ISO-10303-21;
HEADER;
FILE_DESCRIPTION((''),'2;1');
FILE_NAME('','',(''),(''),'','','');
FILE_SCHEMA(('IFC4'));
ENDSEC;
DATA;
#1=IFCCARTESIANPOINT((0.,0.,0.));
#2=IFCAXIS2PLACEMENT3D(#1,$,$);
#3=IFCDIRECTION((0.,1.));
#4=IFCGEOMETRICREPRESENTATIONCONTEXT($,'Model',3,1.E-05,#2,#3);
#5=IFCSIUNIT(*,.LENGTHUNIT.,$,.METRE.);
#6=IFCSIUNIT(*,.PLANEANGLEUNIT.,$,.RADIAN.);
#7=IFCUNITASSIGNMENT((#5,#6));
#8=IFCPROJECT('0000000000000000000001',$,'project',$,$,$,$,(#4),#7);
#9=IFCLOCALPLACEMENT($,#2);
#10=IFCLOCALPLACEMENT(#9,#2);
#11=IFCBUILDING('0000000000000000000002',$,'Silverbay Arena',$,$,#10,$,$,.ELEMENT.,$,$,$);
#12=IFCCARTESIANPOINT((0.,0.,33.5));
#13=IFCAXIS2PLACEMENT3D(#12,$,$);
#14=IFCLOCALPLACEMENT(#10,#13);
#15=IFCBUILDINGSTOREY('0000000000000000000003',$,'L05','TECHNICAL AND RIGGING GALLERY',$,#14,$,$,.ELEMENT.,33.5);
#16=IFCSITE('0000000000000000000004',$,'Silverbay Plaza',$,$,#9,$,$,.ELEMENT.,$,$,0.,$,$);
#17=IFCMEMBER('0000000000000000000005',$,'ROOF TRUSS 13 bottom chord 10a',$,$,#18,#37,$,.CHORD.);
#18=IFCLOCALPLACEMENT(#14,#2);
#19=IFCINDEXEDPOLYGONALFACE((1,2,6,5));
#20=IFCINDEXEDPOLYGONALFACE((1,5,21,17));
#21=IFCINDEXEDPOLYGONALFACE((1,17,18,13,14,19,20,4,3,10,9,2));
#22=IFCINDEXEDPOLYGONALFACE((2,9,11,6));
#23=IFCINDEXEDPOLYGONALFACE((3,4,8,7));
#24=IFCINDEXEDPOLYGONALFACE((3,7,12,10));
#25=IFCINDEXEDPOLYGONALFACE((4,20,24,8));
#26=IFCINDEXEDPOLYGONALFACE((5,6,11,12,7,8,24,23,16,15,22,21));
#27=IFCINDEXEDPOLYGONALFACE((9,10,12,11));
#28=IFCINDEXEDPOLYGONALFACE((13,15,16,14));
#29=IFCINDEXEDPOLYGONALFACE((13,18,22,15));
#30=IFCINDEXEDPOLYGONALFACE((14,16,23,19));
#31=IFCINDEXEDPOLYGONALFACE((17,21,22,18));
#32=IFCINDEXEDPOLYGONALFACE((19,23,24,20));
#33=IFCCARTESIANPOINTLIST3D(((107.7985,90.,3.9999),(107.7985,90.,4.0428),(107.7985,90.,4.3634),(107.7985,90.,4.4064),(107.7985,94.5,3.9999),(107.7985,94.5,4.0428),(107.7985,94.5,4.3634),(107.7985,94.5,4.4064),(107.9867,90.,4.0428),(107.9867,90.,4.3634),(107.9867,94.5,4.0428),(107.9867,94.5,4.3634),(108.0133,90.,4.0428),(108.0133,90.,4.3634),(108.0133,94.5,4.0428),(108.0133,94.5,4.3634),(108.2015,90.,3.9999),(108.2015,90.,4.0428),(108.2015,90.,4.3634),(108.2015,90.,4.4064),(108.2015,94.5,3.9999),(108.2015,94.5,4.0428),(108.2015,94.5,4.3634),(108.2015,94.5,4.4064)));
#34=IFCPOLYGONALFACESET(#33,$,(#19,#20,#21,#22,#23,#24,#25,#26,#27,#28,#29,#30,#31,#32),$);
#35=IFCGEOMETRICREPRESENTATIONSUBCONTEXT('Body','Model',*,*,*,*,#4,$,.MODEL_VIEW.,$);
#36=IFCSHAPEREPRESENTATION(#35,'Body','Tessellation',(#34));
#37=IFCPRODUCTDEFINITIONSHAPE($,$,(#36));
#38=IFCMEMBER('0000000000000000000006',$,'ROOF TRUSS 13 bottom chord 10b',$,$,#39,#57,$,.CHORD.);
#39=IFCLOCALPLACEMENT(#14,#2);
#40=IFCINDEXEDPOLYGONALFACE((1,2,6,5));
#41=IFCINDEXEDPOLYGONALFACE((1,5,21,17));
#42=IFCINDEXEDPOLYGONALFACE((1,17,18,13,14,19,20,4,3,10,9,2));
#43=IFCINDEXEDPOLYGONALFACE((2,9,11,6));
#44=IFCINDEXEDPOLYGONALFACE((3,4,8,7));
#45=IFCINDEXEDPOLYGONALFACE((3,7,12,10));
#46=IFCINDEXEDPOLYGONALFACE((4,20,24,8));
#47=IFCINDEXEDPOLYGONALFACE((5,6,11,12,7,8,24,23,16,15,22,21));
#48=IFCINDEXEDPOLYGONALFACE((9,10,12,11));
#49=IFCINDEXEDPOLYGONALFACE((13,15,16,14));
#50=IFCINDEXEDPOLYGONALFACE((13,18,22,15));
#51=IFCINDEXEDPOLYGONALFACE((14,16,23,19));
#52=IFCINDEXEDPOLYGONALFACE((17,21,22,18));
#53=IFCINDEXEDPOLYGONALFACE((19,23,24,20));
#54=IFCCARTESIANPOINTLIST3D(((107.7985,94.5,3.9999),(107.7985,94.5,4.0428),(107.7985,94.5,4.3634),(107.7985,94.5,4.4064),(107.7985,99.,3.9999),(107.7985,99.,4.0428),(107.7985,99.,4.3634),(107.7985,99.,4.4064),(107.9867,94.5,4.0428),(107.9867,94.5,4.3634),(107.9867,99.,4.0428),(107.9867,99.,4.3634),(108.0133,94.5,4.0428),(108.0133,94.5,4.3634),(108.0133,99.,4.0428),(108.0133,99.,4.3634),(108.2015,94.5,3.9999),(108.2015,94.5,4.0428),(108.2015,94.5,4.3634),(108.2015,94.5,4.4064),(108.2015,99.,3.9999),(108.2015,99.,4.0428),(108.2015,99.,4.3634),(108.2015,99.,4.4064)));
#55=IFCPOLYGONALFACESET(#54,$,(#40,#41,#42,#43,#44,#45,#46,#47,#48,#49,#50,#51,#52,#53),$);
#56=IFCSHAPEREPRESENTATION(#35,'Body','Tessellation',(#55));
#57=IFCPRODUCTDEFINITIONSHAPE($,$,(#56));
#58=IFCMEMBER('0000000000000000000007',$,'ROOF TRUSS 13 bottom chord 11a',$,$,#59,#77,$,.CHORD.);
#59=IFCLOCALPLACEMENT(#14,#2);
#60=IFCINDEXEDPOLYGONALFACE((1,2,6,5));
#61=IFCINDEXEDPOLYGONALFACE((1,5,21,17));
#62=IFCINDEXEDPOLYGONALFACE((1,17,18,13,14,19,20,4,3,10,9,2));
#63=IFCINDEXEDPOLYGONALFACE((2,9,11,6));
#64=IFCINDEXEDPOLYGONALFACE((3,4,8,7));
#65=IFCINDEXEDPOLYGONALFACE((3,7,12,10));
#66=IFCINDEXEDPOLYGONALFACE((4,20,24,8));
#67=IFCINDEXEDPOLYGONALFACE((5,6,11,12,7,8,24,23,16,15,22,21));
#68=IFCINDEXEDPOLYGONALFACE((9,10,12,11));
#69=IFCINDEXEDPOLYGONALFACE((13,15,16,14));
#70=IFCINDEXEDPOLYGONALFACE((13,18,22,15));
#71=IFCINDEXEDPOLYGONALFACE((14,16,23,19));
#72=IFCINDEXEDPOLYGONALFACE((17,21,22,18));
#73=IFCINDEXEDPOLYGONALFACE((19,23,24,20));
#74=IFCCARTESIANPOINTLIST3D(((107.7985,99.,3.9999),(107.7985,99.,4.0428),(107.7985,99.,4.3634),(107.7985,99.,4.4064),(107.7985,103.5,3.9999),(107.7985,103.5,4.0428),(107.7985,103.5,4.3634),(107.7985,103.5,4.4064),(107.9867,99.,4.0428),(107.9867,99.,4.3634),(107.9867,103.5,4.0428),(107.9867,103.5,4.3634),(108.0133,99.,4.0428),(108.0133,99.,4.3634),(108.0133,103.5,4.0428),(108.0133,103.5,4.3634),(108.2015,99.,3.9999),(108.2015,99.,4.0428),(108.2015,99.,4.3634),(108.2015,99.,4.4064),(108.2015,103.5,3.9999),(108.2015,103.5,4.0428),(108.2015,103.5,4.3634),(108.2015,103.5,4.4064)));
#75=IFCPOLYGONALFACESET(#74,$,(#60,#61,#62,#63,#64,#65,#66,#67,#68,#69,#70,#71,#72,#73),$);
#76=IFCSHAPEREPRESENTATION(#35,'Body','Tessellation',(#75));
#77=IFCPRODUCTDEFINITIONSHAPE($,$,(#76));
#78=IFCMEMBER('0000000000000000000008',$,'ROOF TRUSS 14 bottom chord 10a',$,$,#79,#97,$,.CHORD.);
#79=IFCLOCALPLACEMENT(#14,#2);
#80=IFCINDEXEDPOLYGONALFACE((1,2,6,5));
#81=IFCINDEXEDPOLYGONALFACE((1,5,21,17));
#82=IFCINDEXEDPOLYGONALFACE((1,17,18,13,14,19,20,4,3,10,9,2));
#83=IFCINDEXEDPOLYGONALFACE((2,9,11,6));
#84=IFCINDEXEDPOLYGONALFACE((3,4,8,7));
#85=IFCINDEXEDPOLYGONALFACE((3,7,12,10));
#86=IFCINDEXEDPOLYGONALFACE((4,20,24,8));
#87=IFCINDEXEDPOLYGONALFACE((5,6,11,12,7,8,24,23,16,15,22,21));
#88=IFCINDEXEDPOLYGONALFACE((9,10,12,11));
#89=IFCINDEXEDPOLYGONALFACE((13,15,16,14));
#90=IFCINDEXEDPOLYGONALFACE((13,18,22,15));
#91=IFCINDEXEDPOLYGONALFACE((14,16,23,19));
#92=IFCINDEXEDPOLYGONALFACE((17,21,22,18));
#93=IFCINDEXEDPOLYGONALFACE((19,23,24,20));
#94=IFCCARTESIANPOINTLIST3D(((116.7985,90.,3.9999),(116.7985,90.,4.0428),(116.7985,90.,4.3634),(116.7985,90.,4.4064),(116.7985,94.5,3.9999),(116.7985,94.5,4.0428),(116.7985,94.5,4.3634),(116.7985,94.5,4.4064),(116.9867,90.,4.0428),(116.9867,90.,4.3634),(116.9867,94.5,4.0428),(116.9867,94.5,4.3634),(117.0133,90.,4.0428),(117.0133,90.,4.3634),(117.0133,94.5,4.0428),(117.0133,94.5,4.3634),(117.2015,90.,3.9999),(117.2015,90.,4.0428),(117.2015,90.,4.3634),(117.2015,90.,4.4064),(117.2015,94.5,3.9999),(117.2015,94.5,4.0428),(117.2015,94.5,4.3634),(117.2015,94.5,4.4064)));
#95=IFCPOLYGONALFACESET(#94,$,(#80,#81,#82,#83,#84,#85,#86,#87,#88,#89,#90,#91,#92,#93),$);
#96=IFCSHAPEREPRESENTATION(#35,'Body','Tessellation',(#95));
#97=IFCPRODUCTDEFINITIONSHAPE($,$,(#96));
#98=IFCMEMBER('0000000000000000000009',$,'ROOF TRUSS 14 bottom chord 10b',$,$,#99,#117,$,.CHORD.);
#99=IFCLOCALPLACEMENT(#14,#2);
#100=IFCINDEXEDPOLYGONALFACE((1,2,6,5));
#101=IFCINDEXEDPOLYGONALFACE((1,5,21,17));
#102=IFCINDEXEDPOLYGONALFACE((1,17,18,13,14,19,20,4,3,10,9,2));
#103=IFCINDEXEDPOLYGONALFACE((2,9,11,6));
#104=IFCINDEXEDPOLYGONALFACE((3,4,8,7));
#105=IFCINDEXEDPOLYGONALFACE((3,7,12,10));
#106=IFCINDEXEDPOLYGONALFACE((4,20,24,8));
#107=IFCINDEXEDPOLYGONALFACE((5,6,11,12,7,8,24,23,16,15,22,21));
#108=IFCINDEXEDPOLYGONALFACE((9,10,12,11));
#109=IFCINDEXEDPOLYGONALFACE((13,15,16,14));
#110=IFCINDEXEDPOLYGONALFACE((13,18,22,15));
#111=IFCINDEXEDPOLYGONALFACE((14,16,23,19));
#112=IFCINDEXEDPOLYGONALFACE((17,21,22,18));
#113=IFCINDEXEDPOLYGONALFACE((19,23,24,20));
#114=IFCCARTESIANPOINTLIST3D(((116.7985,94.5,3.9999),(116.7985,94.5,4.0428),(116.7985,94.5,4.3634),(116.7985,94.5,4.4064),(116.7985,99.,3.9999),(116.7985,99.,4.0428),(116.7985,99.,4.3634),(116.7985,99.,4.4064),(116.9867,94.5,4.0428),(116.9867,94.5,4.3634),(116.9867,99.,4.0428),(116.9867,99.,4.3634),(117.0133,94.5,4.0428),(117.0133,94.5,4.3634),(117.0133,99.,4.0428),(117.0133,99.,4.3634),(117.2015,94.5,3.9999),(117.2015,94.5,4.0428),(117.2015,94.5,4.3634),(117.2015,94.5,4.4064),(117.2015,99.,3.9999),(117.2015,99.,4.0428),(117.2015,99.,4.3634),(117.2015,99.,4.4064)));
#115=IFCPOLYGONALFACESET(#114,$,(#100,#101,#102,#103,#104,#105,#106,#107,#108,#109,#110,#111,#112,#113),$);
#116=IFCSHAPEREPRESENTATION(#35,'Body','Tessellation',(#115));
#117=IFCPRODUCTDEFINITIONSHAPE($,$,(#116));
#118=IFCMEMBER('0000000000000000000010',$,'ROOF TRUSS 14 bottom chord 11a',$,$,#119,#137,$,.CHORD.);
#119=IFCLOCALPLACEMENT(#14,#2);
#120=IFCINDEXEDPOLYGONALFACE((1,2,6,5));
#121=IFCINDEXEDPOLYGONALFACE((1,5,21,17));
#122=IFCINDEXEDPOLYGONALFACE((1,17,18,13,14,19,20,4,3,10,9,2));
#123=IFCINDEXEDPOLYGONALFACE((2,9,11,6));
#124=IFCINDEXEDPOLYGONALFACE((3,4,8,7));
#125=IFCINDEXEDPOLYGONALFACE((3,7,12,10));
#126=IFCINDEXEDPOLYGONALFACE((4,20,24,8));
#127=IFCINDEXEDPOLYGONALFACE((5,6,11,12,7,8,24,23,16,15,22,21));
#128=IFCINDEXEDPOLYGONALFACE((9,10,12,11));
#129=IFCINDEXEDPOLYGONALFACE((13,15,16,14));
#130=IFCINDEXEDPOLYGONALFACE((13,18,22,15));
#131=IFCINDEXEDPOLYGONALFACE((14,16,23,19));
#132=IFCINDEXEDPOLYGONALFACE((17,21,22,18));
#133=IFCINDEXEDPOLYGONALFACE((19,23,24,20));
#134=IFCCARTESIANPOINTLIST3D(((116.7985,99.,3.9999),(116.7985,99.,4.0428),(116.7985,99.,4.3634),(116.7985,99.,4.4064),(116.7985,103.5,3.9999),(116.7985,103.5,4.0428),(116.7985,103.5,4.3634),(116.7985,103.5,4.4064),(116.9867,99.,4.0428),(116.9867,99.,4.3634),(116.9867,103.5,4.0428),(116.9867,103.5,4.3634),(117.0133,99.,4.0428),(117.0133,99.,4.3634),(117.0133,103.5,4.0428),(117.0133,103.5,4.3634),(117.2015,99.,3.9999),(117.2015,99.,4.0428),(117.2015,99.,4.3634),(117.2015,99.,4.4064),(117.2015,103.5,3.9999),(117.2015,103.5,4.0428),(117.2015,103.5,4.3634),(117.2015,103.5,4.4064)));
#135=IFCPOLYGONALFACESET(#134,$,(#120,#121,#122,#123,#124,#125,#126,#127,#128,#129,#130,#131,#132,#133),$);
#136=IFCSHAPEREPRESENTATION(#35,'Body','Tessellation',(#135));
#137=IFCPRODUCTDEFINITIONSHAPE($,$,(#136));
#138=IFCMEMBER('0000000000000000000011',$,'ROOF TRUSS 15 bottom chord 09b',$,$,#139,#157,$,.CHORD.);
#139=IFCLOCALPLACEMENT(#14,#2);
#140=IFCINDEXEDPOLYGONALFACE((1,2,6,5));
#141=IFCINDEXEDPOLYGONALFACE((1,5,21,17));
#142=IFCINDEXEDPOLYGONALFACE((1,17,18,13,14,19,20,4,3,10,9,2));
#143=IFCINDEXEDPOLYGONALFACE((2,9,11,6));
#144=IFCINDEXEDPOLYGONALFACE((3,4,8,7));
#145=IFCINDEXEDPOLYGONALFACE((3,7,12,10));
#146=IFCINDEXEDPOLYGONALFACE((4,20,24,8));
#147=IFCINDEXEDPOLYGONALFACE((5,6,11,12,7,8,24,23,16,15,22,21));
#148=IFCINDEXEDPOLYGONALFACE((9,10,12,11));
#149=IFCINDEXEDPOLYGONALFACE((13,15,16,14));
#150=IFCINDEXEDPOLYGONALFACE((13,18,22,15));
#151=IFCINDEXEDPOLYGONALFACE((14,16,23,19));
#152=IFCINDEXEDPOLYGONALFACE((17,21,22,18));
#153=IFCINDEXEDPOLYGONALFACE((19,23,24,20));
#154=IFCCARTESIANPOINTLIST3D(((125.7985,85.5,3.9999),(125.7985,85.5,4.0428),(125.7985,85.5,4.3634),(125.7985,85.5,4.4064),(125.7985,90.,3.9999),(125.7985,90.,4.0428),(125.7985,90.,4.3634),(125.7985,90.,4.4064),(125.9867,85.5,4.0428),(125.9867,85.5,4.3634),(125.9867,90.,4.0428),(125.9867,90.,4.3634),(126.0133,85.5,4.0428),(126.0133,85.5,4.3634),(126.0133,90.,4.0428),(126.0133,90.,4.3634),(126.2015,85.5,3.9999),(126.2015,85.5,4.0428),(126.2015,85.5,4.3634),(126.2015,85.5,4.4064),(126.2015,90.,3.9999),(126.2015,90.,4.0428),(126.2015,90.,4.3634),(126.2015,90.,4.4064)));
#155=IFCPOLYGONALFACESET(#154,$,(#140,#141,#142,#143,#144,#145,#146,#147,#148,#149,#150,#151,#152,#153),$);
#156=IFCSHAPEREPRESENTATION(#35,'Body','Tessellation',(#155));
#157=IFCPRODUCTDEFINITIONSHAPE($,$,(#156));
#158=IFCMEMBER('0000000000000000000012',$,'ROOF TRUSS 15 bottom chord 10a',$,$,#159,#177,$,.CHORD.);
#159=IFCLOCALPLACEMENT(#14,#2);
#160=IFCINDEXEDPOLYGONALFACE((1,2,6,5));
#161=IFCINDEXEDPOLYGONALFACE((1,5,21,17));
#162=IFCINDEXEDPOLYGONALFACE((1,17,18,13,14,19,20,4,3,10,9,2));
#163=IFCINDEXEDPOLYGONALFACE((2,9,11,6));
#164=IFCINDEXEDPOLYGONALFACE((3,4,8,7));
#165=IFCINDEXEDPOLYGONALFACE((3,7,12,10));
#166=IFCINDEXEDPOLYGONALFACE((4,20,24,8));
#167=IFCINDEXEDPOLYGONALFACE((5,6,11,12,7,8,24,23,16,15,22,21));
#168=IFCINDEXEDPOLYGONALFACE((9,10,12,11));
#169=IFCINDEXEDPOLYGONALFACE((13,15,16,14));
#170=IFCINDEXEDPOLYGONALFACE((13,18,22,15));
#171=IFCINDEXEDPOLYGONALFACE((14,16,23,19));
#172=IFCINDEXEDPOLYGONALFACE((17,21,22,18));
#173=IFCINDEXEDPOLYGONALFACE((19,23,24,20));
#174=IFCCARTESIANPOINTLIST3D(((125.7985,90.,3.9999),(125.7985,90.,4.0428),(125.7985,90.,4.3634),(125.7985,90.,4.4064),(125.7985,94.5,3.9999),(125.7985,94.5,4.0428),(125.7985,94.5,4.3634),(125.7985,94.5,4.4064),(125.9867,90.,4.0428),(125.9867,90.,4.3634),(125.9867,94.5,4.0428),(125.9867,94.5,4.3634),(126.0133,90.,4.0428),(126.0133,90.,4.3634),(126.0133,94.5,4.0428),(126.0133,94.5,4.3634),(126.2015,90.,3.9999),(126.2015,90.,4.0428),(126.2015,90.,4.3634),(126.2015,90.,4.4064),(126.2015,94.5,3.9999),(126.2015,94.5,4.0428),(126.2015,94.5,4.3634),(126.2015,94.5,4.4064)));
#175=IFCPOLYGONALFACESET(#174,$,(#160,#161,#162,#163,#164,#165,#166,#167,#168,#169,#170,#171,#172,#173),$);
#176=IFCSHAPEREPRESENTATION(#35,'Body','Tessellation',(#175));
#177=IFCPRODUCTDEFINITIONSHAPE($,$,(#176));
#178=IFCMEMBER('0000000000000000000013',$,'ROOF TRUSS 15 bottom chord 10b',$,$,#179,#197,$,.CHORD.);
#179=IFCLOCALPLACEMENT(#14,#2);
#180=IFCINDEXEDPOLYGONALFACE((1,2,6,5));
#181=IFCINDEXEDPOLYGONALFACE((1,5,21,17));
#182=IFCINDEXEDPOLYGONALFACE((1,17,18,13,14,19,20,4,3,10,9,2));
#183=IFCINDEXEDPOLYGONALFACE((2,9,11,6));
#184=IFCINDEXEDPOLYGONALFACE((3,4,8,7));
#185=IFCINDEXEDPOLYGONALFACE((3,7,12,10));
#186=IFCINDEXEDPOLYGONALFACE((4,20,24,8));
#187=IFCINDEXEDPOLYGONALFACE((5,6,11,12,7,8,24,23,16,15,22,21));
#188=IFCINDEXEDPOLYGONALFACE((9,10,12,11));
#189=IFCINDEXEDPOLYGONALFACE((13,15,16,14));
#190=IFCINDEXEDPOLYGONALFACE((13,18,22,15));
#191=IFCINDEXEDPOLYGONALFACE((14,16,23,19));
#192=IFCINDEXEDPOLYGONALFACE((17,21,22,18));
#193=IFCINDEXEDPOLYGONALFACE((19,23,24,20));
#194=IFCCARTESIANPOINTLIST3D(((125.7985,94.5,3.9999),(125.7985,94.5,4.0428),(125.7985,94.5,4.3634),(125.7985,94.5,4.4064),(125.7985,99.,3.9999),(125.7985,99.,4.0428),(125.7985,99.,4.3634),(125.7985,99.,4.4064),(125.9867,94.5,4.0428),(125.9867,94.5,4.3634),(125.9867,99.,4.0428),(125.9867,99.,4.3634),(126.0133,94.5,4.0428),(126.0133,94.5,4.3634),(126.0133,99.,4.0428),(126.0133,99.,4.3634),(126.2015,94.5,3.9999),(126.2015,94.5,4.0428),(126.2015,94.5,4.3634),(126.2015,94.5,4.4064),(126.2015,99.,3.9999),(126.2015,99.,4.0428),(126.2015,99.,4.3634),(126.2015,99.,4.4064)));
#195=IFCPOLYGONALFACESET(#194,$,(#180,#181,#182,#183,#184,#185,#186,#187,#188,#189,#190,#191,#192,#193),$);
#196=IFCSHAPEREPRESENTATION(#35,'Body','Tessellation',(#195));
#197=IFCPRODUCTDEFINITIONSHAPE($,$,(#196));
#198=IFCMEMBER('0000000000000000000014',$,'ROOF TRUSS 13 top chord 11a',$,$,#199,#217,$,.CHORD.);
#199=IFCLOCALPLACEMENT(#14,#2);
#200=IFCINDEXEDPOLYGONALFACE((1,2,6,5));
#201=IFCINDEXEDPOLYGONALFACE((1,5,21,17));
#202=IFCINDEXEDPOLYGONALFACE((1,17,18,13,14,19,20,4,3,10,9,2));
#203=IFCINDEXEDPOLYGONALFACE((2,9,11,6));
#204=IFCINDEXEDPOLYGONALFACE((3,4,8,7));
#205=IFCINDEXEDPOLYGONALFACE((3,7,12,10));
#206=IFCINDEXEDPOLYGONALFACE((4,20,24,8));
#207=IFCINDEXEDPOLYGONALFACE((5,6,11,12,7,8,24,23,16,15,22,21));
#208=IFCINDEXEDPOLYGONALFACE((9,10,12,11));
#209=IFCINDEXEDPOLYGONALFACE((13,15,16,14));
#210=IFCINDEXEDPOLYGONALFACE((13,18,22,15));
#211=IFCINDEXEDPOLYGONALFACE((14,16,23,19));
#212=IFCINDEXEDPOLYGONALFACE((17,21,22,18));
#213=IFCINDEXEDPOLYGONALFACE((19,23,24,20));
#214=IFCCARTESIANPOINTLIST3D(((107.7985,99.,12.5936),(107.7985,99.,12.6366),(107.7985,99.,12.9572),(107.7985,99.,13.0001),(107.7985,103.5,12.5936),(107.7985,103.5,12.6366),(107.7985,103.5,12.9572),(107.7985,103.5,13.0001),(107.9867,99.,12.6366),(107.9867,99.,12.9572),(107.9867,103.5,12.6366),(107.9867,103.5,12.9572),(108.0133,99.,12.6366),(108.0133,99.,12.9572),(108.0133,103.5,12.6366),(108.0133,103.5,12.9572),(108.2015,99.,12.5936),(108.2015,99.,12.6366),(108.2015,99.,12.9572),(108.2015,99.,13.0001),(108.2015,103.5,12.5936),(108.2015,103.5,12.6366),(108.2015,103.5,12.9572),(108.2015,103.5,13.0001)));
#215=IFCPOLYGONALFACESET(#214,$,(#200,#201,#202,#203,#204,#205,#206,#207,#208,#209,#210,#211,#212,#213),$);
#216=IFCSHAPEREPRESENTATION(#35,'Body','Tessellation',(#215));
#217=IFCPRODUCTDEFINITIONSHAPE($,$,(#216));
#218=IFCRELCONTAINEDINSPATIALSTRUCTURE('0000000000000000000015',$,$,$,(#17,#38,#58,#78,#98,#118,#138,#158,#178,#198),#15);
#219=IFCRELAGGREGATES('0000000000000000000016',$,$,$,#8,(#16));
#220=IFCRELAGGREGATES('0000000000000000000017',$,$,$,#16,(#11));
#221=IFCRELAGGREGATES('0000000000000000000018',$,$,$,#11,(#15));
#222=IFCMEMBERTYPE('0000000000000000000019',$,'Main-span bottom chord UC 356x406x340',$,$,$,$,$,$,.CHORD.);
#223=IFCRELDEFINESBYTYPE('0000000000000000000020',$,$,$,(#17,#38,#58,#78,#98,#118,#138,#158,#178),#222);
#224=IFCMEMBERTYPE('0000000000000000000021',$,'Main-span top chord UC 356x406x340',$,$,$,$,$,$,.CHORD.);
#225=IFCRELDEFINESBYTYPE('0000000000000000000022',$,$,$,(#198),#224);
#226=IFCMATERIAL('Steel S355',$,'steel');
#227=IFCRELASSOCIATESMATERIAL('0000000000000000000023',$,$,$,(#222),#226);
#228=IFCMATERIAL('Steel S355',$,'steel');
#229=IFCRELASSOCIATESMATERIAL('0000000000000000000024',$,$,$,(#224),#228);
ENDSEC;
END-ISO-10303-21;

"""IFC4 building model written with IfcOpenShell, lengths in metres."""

from ifc_helpers import new_model, si_unit, direction, frame, origin, origin_2d, place, context, subcontext, project, spatial, i_section, extrude, material, material_profile, profile_set, type_object, element, save


model = new_model("IFC4")

# Units and contexts
model_context = context("Model", 3, precision=1e-05, world=origin(), true_north=direction((0.0, 1.0)))
body_context = subcontext(model_context, "Body", "Model", "MODEL_VIEW")
ifc_project = project(units=[si_unit("LENGTHUNIT", "METRE"), si_unit("PLANEANGLEUNIT", "RADIAN")], contexts=[model_context])

# Site, building, storey
site_placement = place(None, origin())
site = spatial("IfcSite", under=ifc_project, at=site_placement, Name="Silverbay Plaza", CompositionType="ELEMENT", RefElevation=0.0)
building_placement = place(site_placement, origin())
building = spatial("IfcBuilding", under=site, at=building_placement, Name="Silverbay Arena", CompositionType="ELEMENT")
storey_placement = place(building_placement, frame((0.0, 0.0, 33.5)))
storey = spatial("IfcBuildingStorey", under=building, at=storey_placement, Name="L05", Description="TECHNICAL AND RIGGING GALLERY", CompositionType="ELEMENT", Elevation=33.5)

# Members
ifc_material_1 = material(Name="Steel S355", Category="steel")
ifc_material_profile_1 = material_profile(ifc_material_1, i_section(OverallWidth=0.4031, OverallDepth=0.4065, WebThickness=0.0266, FlangeThickness=0.043, at=origin_2d()), Name="UC 356x406x340")
ifc_profile_set_1 = profile_set([ifc_material_profile_1], Name="Steel S355")
member_type_1 = type_object("IfcMemberType", Name="Main-span bottom chord UC 356x406x340", PredefinedType="CHORD", material=ifc_profile_set_1)
for number, where, z_axis, x_axis, name in (
    (1, (108.0, 90.0, 4.2031), (0.0, 1.0, 0.0), (-1.0, 0.0, 0.0), "ROOF TRUSS 13 bottom chord 10a"),
    (2, (108.0, 94.5, 4.2031), (0.0, 1.0, 0.0), (-1.0, 0.0, 0.0), "ROOF TRUSS 13 bottom chord 10b"),
    (3, (108.0, 99.0, 4.2031), (0.0, 1.0, 0.0), (-1.0, 0.0, 0.0), "ROOF TRUSS 13 bottom chord 11a"),
    (4, (117.0, 90.0, 4.2031), (0.0, 1.0, 0.0), (-1.0, 0.0, 0.0), "ROOF TRUSS 14 bottom chord 10a"),
    (5, (117.0, 94.5, 4.2031), (0.0, 1.0, 0.0), (-1.0, 0.0, 0.0), "ROOF TRUSS 14 bottom chord 10b"),
    (6, (117.0, 99.0, 4.2031), (0.0, 1.0, 0.0), (-1.0, 0.0, 0.0), "ROOF TRUSS 14 bottom chord 11a"),
    (7, (126.0, 85.5, 4.2031), (0.0, 1.0, 0.0), (-1.0, 0.0, 0.0), "ROOF TRUSS 15 bottom chord 09b"),
    (8, (126.0, 90.0, 4.2031), (0.0, 1.0, 0.0), (-1.0, 0.0, 0.0), "ROOF TRUSS 15 bottom chord 10a"),
    (9, (126.0, 94.5, 4.2031), (0.0, 1.0, 0.0), (-1.0, 0.0, 0.0), "ROOF TRUSS 15 bottom chord 10b"),
):
    element("IfcMember", number, at=place(storey_placement, frame(where, z_axis=z_axis, x_axis=x_axis)), inside=storey, type_object=member_type_1, Name=name, PredefinedType="CHORD", context=body_context, shape_type="SweptSolid", body=[
        extrude(i_section(OverallWidth=0.4031, OverallDepth=0.4065, WebThickness=0.0266, FlangeThickness=0.043, at=origin_2d()), origin(), (0.0, 0.0, 1.0), 4.5),
    ])
ifc_material_2 = material(Name="Steel S355", Category="steel")
ifc_material_profile_2 = material_profile(ifc_material_2, i_section(OverallWidth=0.4031, OverallDepth=0.4065, WebThickness=0.0266, FlangeThickness=0.043, at=origin_2d()), Name="UC 356x406x340")
ifc_profile_set_2 = profile_set([ifc_material_profile_2], Name="Steel S355")
member_type_2 = type_object("IfcMemberType", Name="Main-span top chord UC 356x406x340", PredefinedType="CHORD", material=ifc_profile_set_2)
for number, where, z_axis, x_axis, name in (
    (10, (108.0, 99.0, 12.7969), (0.0, 1.0, 0.0), (-1.0, 0.0, 0.0), "ROOF TRUSS 13 top chord 11a"),
):
    element("IfcMember", number, at=place(storey_placement, frame(where, z_axis=z_axis, x_axis=x_axis)), inside=storey, type_object=member_type_2, Name=name, PredefinedType="CHORD", context=body_context, shape_type="SweptSolid", body=[
        extrude(i_section(OverallWidth=0.4031, OverallDepth=0.4065, WebThickness=0.0266, FlangeThickness=0.043, at=origin_2d()), origin(), (0.0, 0.0, 1.0), 4.5),
    ])

save(model, "model.ifc")
